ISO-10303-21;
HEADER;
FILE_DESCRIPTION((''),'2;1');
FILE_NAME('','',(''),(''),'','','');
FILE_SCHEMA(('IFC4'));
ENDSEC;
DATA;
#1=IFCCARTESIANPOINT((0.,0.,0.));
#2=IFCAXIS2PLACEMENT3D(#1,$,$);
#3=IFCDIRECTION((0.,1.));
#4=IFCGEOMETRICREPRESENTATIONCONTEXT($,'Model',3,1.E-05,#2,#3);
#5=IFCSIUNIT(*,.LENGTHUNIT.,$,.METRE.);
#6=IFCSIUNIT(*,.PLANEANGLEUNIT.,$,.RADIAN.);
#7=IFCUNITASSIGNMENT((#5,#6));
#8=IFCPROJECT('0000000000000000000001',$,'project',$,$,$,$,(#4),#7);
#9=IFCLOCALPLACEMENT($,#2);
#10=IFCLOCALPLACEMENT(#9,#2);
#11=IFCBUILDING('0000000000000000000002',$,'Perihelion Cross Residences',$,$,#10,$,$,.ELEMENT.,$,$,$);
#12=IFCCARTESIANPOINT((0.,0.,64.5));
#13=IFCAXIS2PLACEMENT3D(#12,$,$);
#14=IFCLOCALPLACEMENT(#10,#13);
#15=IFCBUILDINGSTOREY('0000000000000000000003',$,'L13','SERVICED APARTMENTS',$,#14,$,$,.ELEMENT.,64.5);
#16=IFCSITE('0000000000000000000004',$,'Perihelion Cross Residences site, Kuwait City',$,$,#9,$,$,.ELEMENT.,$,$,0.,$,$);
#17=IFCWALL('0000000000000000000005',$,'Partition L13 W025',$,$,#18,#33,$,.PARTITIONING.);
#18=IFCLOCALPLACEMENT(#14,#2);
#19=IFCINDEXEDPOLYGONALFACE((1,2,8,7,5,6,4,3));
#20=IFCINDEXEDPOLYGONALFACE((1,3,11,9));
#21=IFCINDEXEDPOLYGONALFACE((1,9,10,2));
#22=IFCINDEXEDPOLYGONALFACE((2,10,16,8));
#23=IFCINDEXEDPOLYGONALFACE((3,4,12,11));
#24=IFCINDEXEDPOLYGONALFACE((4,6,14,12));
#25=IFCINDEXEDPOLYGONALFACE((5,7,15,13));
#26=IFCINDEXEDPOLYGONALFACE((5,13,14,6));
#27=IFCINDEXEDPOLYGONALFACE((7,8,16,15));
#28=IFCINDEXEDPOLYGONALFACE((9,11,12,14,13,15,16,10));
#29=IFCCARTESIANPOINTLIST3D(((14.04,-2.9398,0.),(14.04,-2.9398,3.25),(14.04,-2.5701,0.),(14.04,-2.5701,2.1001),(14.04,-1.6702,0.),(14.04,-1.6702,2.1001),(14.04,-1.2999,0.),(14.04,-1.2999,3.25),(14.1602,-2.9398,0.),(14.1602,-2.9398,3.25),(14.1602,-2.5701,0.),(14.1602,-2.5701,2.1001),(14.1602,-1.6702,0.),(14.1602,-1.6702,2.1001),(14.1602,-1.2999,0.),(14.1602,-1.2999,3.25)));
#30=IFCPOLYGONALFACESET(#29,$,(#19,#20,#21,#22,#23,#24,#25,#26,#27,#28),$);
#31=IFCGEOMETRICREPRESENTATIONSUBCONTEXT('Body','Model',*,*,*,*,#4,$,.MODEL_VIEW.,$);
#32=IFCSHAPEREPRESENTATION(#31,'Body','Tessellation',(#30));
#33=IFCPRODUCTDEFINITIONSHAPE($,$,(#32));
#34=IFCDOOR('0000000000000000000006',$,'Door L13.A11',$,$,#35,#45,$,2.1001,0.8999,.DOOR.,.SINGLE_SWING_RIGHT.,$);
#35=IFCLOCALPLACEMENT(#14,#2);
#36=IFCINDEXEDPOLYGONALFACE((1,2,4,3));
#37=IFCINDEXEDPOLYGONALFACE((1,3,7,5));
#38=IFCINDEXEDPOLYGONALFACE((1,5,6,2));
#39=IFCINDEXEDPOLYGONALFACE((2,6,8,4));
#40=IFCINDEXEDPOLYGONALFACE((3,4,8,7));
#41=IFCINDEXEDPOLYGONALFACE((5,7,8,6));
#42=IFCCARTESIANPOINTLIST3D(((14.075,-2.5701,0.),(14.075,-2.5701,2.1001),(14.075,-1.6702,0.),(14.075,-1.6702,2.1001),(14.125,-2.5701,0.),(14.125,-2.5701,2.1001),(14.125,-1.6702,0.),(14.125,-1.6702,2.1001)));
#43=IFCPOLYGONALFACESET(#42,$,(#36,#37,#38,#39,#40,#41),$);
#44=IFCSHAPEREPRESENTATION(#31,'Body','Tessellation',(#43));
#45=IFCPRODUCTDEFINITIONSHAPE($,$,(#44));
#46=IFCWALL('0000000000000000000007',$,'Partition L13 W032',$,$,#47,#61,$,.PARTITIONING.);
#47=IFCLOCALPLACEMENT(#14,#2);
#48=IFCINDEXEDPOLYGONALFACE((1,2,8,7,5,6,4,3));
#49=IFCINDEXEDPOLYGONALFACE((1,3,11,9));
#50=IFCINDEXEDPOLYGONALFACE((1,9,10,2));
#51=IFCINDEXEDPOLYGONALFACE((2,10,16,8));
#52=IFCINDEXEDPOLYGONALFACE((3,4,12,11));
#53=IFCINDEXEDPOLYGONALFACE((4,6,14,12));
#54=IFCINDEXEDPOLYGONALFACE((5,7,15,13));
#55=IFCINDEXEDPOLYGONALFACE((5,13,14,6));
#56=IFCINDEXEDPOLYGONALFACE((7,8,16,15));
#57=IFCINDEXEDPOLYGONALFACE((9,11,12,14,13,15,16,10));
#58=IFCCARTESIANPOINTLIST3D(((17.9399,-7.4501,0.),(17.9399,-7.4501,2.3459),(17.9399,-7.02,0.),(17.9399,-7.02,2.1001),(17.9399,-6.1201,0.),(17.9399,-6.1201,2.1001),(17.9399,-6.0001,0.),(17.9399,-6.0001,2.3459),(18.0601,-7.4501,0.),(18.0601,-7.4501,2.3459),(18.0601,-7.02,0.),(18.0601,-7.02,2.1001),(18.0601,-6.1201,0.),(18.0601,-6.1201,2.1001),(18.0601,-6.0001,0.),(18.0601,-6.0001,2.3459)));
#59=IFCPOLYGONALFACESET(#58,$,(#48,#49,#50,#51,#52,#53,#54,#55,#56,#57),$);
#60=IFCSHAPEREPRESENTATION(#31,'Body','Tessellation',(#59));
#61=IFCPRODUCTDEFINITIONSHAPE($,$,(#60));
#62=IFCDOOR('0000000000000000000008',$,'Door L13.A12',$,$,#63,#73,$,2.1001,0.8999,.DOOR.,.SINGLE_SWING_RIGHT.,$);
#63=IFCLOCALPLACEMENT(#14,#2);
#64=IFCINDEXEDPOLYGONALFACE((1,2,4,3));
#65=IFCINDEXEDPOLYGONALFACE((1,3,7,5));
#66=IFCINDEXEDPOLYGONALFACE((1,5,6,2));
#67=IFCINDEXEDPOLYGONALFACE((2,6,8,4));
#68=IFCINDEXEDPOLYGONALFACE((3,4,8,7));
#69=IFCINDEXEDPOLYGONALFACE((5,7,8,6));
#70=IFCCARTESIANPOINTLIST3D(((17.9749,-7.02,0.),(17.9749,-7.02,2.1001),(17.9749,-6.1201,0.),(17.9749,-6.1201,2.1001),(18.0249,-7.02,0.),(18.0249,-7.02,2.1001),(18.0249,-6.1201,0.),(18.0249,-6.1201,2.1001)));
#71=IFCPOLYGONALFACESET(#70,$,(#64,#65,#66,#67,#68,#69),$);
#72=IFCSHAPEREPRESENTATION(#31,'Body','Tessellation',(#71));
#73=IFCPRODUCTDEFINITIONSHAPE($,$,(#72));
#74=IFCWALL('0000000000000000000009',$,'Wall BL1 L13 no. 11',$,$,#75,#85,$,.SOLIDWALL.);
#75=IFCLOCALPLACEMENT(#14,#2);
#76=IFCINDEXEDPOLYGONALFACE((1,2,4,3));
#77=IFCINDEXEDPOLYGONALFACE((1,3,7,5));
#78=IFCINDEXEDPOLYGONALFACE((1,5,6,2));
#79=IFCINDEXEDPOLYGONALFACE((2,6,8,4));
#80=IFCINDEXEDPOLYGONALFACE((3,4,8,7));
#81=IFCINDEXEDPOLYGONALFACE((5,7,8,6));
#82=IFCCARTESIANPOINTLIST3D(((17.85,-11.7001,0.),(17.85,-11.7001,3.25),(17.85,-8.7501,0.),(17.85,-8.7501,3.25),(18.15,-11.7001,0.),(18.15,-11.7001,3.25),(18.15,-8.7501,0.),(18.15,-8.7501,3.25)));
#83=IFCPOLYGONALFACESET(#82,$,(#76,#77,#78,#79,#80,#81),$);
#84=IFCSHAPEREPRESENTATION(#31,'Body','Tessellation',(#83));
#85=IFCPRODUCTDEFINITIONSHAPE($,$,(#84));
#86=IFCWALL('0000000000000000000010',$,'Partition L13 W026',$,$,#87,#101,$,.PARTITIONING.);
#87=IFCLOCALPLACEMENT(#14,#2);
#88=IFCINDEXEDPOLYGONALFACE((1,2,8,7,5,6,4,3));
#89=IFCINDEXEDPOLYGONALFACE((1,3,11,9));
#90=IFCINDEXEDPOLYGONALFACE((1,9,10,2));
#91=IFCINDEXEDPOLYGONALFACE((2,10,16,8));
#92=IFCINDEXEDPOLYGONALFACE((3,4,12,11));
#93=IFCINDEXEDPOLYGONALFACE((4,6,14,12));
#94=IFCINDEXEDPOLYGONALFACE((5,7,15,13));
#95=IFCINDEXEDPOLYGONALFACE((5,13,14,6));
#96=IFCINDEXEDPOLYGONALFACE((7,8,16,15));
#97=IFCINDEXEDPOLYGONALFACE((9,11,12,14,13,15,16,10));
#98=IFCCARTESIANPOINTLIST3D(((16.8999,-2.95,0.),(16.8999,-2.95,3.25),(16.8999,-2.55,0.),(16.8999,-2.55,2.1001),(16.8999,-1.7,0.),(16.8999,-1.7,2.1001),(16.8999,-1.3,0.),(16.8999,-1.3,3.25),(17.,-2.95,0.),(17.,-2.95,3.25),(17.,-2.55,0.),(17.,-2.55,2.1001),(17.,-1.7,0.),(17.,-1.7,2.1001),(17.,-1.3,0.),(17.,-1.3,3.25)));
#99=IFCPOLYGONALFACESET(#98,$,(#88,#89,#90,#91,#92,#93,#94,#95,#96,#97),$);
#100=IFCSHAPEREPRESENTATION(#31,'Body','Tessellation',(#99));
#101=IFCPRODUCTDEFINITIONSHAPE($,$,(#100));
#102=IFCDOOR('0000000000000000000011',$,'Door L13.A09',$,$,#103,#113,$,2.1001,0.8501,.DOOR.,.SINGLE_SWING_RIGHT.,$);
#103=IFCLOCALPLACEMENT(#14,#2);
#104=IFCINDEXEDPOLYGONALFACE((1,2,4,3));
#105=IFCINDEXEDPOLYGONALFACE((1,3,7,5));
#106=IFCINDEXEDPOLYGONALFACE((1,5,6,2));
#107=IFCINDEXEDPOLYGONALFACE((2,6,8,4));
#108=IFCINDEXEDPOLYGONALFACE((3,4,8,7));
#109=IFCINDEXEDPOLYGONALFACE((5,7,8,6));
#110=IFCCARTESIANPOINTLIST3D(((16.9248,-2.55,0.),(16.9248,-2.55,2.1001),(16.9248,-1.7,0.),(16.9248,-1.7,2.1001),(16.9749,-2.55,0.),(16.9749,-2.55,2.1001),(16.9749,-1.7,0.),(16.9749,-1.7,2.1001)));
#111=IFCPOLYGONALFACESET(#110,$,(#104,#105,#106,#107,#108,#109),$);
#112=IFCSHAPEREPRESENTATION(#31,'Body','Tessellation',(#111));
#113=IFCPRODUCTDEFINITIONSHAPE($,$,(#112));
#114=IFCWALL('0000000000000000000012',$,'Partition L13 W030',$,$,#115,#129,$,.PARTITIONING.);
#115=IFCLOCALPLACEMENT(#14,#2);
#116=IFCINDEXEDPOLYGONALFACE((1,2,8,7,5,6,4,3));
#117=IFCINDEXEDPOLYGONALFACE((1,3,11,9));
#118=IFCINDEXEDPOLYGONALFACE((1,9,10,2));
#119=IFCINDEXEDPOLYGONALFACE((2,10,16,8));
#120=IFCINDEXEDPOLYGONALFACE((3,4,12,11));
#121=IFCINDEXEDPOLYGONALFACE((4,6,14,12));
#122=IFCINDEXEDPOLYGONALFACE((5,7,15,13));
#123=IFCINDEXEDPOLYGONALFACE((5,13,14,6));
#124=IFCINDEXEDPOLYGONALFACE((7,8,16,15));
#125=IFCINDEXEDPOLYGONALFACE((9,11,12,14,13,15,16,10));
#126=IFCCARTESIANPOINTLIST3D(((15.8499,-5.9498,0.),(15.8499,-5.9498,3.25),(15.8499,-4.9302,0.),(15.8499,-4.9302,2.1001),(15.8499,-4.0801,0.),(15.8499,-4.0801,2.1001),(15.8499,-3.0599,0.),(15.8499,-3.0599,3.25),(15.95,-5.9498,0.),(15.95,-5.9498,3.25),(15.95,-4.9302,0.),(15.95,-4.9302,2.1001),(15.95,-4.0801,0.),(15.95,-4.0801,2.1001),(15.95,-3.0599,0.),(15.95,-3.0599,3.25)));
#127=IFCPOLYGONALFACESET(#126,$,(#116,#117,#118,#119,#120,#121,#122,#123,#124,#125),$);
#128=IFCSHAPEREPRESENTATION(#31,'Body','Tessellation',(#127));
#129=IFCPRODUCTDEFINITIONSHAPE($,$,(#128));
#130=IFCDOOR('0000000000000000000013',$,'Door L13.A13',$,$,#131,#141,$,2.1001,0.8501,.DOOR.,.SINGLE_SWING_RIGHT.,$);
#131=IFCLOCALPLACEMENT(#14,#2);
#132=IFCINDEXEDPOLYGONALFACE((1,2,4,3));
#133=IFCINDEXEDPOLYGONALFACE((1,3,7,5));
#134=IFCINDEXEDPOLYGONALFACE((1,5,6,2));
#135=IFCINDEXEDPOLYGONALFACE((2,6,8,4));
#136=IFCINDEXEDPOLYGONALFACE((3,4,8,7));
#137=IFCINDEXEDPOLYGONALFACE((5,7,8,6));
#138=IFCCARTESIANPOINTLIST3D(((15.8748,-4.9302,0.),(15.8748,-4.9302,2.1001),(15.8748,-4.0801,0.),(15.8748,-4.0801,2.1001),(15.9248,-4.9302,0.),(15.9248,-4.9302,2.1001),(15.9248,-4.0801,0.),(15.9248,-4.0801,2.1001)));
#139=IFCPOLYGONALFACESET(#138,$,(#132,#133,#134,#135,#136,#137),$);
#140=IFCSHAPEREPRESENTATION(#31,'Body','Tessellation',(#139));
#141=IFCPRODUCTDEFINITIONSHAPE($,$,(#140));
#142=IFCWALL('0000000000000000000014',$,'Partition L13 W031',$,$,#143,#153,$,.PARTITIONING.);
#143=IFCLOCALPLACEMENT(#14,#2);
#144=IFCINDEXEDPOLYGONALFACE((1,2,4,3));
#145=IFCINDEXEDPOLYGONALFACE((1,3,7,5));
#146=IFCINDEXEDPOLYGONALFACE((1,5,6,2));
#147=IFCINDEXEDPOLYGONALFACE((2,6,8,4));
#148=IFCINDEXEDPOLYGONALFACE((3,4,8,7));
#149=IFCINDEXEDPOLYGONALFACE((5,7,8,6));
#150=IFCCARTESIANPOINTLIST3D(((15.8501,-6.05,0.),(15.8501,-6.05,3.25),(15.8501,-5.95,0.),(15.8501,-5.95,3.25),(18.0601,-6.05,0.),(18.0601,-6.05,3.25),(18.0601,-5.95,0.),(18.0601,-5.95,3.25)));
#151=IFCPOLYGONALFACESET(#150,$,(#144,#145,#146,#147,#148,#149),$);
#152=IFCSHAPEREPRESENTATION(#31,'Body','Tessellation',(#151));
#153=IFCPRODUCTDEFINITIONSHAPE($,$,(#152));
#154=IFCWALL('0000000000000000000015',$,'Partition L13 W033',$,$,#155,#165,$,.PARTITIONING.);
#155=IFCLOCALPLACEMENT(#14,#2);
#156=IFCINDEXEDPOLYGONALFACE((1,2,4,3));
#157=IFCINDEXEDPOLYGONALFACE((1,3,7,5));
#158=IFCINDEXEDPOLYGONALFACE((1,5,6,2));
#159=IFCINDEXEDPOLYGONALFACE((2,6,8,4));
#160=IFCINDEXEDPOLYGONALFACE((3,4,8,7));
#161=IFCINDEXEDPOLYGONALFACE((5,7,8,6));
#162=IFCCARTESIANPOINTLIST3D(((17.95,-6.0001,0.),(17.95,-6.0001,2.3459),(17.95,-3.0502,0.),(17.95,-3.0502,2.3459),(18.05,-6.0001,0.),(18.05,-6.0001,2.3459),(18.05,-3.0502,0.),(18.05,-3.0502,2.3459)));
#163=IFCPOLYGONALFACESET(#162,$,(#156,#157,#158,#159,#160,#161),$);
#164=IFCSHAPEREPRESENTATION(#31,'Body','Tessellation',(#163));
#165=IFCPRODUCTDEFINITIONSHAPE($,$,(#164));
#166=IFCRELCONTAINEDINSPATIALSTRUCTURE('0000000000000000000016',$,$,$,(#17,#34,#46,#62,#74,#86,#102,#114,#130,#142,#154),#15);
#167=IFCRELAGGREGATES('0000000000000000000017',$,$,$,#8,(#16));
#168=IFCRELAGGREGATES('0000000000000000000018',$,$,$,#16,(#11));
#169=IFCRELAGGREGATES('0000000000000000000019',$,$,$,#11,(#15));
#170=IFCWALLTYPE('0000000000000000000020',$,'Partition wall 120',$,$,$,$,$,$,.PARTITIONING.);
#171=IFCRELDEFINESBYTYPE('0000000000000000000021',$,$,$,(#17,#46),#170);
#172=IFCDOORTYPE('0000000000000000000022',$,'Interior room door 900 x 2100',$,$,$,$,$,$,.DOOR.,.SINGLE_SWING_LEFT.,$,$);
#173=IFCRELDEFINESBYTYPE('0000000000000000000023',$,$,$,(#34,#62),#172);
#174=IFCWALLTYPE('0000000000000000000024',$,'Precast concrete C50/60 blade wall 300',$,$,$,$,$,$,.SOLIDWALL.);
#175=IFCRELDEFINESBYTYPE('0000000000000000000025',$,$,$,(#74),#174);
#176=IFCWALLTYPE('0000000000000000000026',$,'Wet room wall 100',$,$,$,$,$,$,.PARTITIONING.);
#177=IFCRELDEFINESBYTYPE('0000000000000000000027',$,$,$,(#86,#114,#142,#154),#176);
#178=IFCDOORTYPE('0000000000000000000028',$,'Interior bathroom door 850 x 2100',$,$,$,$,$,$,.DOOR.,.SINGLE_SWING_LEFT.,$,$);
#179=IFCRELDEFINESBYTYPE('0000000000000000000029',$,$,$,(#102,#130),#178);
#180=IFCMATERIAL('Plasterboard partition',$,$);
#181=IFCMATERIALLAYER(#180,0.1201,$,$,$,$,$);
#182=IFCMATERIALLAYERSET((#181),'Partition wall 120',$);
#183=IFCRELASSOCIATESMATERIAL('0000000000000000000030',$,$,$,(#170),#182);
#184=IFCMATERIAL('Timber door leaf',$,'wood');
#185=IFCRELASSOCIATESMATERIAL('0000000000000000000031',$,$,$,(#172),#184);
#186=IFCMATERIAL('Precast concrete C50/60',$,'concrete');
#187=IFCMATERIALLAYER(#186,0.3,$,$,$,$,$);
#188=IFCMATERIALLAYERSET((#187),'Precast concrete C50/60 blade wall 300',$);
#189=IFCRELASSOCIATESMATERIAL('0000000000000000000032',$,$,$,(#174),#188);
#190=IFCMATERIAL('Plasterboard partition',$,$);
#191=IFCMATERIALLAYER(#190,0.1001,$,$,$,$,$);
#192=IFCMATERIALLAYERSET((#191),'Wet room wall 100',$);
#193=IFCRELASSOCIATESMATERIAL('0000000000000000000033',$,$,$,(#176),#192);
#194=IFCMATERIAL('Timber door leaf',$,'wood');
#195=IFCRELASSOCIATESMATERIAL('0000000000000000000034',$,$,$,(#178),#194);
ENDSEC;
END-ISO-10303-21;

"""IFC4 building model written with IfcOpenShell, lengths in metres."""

from ifc_helpers import new_model, si_unit, direction, frame, frame_2d, origin, place, context, subcontext, project, spatial, rectangle, extrude, material, layer, layer_set, type_object, element, fill, save


model = new_model("IFC4")

# Units and contexts
model_context = context("Model", 3, precision=1e-05, world=origin(), true_north=direction((0.0, 1.0)))
body_context = subcontext(model_context, "Body", "Model", "MODEL_VIEW")
ifc_project = project(units=[si_unit("LENGTHUNIT", "METRE"), si_unit("PLANEANGLEUNIT", "RADIAN")], contexts=[model_context])

# Site, building, storey
site_placement = place(None, origin())
site = spatial("IfcSite", under=ifc_project, at=site_placement, Name="Perihelion Cross Residences site, Kuwait City", CompositionType="ELEMENT", RefElevation=0.0)
building_placement = place(site_placement, origin())
building = spatial("IfcBuilding", under=site, at=building_placement, Name="Perihelion Cross Residences", CompositionType="ELEMENT")
storey_placement = place(building_placement, frame((0.0, 0.0, 64.5)))
storey = spatial("IfcBuildingStorey", under=building, at=storey_placement, Name="L13", Description="SERVICED APARTMENTS", CompositionType="ELEMENT", Elevation=64.5)

# Shared definitions
ifc_material_1 = material(Name="Plasterboard partition")
ifc_layer_1 = layer(ifc_material_1, 0.1201)
ifc_layer_set_1 = layer_set([ifc_layer_1], Name="Partition wall 120")
wall_type_1 = type_object("IfcWallType", Name="Partition wall 120", PredefinedType="PARTITIONING", material=ifc_layer_set_1)

# Shared definitions
ifc_material_2 = material(Name="Timber door leaf", Category="wood")
door_type_1 = type_object("IfcDoorType", Name="Interior room door 900 x 2100", OperationType="SINGLE_SWING_LEFT", PredefinedType="DOOR", material=ifc_material_2)

# Walls, openings, doors
wall_1_placement = place(storey_placement, frame((14.1001, -1.3, 0.0), z_axis=(0.0, 0.0, 1.0), x_axis=(0.0, -1.0, 0.0)))
wall_1 = element("IfcWall", 1, at=wall_1_placement, inside=storey, type_object=wall_type_1, Name="Partition L13 W025", PredefinedType="PARTITIONING", context=body_context, shape_type="SweptSolid", body=[
    extrude(rectangle(XDim=1.6399, YDim=0.1201, at=frame_2d((0.8198, 0.0))), origin(), (0.0, 0.0, 1.0), 3.25),
])
opening_1_placement = place(wall_1_placement, frame((0.3701, 0.0, 0.0)))
opening_1 = element("IfcOpeningElement", 2, at=opening_1_placement, cuts=wall_1, PredefinedType="OPENING", context=body_context, shape_type="SweptSolid", body=[
    extrude(rectangle(XDim=0.8999, YDim=2.1001, at=frame_2d((0.45, 1.05))), frame((0.0, 0.0701, 0.0), z_axis=(0.0, -1.0, 0.0), x_axis=(1.0, 0.0, 0.0)), (0.0, 0.0, 1.0), 0.1401),
])
door_1_placement = place(opening_1_placement, origin())
door_1 = element("IfcDoor", 3, at=door_1_placement, inside=storey, type_object=door_type_1, Name="Door L13.A11", OperationType="SINGLE_SWING_RIGHT", OverallHeight=2.1001, OverallWidth=0.8999, PredefinedType="DOOR", context=body_context, shape_type="SweptSolid", body=[
    extrude(rectangle(XDim=0.8999, YDim=2.1001, at=frame_2d((0.45, 1.05))), frame((0.0, 0.0249, 0.0), z_axis=(0.0, -1.0, 0.0), x_axis=(1.0, 0.0, 0.0)), (0.0, 0.0, 1.0), 0.05),
])
fill(opening_1, door_1)
wall_2_placement = place(storey_placement, frame((18.0, -6.0, 0.0), z_axis=(0.0, 0.0, 1.0), x_axis=(0.0, -1.0, 0.0)))
wall_2 = element("IfcWall", 4, at=wall_2_placement, inside=storey, type_object=wall_type_1, Name="Partition L13 W032", PredefinedType="PARTITIONING", context=body_context, shape_type="SweptSolid", body=[
    extrude(rectangle(XDim=1.45, YDim=0.1201, at=frame_2d((0.7251, 0.0))), origin(), (0.0, 0.0, 1.0), 2.3459),
])
opening_2_placement = place(wall_2_placement, frame((0.1201, 0.0, 0.0)))
opening_2 = element("IfcOpeningElement", 5, at=opening_2_placement, cuts=wall_2, PredefinedType="OPENING", context=body_context, shape_type="SweptSolid", body=[
    extrude(rectangle(XDim=0.8999, YDim=2.1001, at=frame_2d((0.45, 1.05))), frame((0.0, 0.0701, 0.0), z_axis=(0.0, -1.0, 0.0), x_axis=(1.0, 0.0, 0.0)), (0.0, 0.0, 1.0), 0.1401),
])
door_2_placement = place(opening_2_placement, origin())
door_2 = element("IfcDoor", 6, at=door_2_placement, inside=storey, type_object=door_type_1, Name="Door L13.A12", OperationType="SINGLE_SWING_RIGHT", OverallHeight=2.1001, OverallWidth=0.8999, PredefinedType="DOOR", context=body_context, shape_type="SweptSolid", body=[
    extrude(rectangle(XDim=0.8999, YDim=2.1001, at=frame_2d((0.45, 1.05))), frame((0.0, 0.0249, 0.0), z_axis=(0.0, -1.0, 0.0), x_axis=(1.0, 0.0, 0.0)), (0.0, 0.0, 1.0), 0.05),
])
fill(opening_2, door_2)

# Wall
ifc_material_3 = material(Name="Precast concrete C50/60", Category="concrete")
ifc_layer_2 = layer(ifc_material_3, 0.3)
ifc_layer_set_2 = layer_set([ifc_layer_2], Name="Precast concrete C50/60 blade wall 300")
wall_type_2 = type_object("IfcWallType", Name="Precast concrete C50/60 blade wall 300", PredefinedType="SOLIDWALL", material=ifc_layer_set_2)
wall_3_placement = place(storey_placement, frame((18.0, -8.75, 0.0), z_axis=(0.0, 0.0, 1.0), x_axis=(0.0, -1.0, 0.0)))
element("IfcWall", 7, at=wall_3_placement, inside=storey, type_object=wall_type_2, Name="Wall BL1 L13 no. 11", PredefinedType="SOLIDWALL", context=body_context, shape_type="SweptSolid", body=[
    extrude(rectangle(XDim=2.95, YDim=0.3, at=frame_2d((1.4751, 0.0))), origin(), (0.0, 0.0, 1.0), 3.25),
])

# Walls, openings, doors
ifc_material_4 = material(Name="Plasterboard partition")
ifc_layer_3 = layer(ifc_material_4, 0.1001)
ifc_layer_set_3 = layer_set([ifc_layer_3], Name="Wet room wall 100")
wall_type_3 = type_object("IfcWallType", Name="Wet room wall 100", PredefinedType="PARTITIONING", material=ifc_layer_set_3)
wall_4_placement = place(storey_placement, frame((16.95, -1.3, 0.0), z_axis=(0.0, 0.0, 1.0), x_axis=(0.0, -1.0, 0.0)))
wall_4 = element("IfcWall", 8, at=wall_4_placement, inside=storey, type_object=wall_type_3, Name="Partition L13 W026", PredefinedType="PARTITIONING", context=body_context, shape_type="SweptSolid", body=[
    extrude(rectangle(XDim=1.6499, YDim=0.1001, at=frame_2d((0.825, 0.0))), origin(), (0.0, 0.0, 1.0), 3.25),
])
opening_3_placement = place(wall_4_placement, frame((0.3999, 0.0, 0.0)))
opening_3 = element("IfcOpeningElement", 9, at=opening_3_placement, cuts=wall_4, PredefinedType="OPENING", context=body_context, shape_type="SweptSolid", body=[
    extrude(rectangle(XDim=0.8501, YDim=2.1001, at=frame_2d((0.425, 1.05))), frame((0.0, 0.0601, 0.0), z_axis=(0.0, -1.0, 0.0), x_axis=(1.0, 0.0, 0.0)), (0.0, 0.0, 1.0), 0.1201),
])
ifc_material_5 = material(Name="Timber door leaf", Category="wood")
door_type_2 = type_object("IfcDoorType", Name="Interior bathroom door 850 x 2100", OperationType="SINGLE_SWING_LEFT", PredefinedType="DOOR", material=ifc_material_5)
door_3_placement = place(opening_3_placement, origin())
door_3 = element("IfcDoor", 10, at=door_3_placement, inside=storey, type_object=door_type_2, Name="Door L13.A09", OperationType="SINGLE_SWING_RIGHT", OverallHeight=2.1001, OverallWidth=0.8501, PredefinedType="DOOR", context=body_context, shape_type="SweptSolid", body=[
    extrude(rectangle(XDim=0.8501, YDim=2.1001, at=frame_2d((0.425, 1.05))), frame((0.0, 0.0249, 0.0), z_axis=(0.0, -1.0, 0.0), x_axis=(1.0, 0.0, 0.0)), (0.0, 0.0, 1.0), 0.05),
])
fill(opening_3, door_3)
wall_5_placement = place(storey_placement, frame((15.8999, -3.0601, 0.0), z_axis=(0.0, 0.0, 1.0), x_axis=(0.0, -1.0, 0.0)))
wall_5 = element("IfcWall", 11, at=wall_5_placement, inside=storey, type_object=wall_type_3, Name="Partition L13 W030", PredefinedType="PARTITIONING", context=body_context, shape_type="SweptSolid", body=[
    extrude(rectangle(XDim=2.8899, YDim=0.1001, at=frame_2d((1.4448, 0.0))), origin(), (0.0, 0.0, 1.0), 3.25),
])
opening_4_placement = place(wall_5_placement, frame((1.02, 0.0, 0.0)))
opening_4 = element("IfcOpeningElement", 12, at=opening_4_placement, cuts=wall_5, PredefinedType="OPENING", context=body_context, shape_type="SweptSolid", body=[
    extrude(rectangle(XDim=0.8501, YDim=2.1001, at=frame_2d((0.425, 1.05))), frame((0.0, 0.0601, 0.0), z_axis=(0.0, -1.0, 0.0), x_axis=(1.0, 0.0, 0.0)), (0.0, 0.0, 1.0), 0.1201),
])
door_4_placement = place(opening_4_placement, origin())
door_4 = element("IfcDoor", 13, at=door_4_placement, inside=storey, type_object=door_type_2, Name="Door L13.A13", OperationType="SINGLE_SWING_RIGHT", OverallHeight=2.1001, OverallWidth=0.8501, PredefinedType="DOOR", context=body_context, shape_type="SweptSolid", body=[
    extrude(rectangle(XDim=0.8501, YDim=2.1001, at=frame_2d((0.425, 1.05))), frame((0.0, 0.0249, 0.0), z_axis=(0.0, -1.0, 0.0), x_axis=(1.0, 0.0, 0.0)), (0.0, 0.0, 1.0), 0.05),
])
fill(opening_4, door_4)

# Walls
wall_6_placement = place(storey_placement, frame((15.8501, -6.0, 0.0), z_axis=(0.0, 0.0, 1.0), x_axis=(1.0, 0.0, 0.0)))
element("IfcWall", 14, at=wall_6_placement, inside=storey, type_object=wall_type_3, Name="Partition L13 W031", PredefinedType="PARTITIONING", context=body_context, shape_type="SweptSolid", body=[
    extrude(rectangle(XDim=2.21, YDim=0.1001, at=frame_2d((1.105, 0.0))), origin(), (0.0, 0.0, 1.0), 3.25),
])
wall_7_placement = place(storey_placement, frame((18.0, -3.05, 0.0), z_axis=(0.0, 0.0, 1.0), x_axis=(0.0, -1.0, 0.0)))
element("IfcWall", 15, at=wall_7_placement, inside=storey, type_object=wall_type_3, Name="Partition L13 W033", PredefinedType="PARTITIONING", context=body_context, shape_type="SweptSolid", body=[
    extrude(rectangle(XDim=2.95, YDim=0.1001, at=frame_2d((1.4751, 0.0))), origin(), (0.0, 0.0, 1.0), 2.3459),
])

save(model, "model.ifc")
